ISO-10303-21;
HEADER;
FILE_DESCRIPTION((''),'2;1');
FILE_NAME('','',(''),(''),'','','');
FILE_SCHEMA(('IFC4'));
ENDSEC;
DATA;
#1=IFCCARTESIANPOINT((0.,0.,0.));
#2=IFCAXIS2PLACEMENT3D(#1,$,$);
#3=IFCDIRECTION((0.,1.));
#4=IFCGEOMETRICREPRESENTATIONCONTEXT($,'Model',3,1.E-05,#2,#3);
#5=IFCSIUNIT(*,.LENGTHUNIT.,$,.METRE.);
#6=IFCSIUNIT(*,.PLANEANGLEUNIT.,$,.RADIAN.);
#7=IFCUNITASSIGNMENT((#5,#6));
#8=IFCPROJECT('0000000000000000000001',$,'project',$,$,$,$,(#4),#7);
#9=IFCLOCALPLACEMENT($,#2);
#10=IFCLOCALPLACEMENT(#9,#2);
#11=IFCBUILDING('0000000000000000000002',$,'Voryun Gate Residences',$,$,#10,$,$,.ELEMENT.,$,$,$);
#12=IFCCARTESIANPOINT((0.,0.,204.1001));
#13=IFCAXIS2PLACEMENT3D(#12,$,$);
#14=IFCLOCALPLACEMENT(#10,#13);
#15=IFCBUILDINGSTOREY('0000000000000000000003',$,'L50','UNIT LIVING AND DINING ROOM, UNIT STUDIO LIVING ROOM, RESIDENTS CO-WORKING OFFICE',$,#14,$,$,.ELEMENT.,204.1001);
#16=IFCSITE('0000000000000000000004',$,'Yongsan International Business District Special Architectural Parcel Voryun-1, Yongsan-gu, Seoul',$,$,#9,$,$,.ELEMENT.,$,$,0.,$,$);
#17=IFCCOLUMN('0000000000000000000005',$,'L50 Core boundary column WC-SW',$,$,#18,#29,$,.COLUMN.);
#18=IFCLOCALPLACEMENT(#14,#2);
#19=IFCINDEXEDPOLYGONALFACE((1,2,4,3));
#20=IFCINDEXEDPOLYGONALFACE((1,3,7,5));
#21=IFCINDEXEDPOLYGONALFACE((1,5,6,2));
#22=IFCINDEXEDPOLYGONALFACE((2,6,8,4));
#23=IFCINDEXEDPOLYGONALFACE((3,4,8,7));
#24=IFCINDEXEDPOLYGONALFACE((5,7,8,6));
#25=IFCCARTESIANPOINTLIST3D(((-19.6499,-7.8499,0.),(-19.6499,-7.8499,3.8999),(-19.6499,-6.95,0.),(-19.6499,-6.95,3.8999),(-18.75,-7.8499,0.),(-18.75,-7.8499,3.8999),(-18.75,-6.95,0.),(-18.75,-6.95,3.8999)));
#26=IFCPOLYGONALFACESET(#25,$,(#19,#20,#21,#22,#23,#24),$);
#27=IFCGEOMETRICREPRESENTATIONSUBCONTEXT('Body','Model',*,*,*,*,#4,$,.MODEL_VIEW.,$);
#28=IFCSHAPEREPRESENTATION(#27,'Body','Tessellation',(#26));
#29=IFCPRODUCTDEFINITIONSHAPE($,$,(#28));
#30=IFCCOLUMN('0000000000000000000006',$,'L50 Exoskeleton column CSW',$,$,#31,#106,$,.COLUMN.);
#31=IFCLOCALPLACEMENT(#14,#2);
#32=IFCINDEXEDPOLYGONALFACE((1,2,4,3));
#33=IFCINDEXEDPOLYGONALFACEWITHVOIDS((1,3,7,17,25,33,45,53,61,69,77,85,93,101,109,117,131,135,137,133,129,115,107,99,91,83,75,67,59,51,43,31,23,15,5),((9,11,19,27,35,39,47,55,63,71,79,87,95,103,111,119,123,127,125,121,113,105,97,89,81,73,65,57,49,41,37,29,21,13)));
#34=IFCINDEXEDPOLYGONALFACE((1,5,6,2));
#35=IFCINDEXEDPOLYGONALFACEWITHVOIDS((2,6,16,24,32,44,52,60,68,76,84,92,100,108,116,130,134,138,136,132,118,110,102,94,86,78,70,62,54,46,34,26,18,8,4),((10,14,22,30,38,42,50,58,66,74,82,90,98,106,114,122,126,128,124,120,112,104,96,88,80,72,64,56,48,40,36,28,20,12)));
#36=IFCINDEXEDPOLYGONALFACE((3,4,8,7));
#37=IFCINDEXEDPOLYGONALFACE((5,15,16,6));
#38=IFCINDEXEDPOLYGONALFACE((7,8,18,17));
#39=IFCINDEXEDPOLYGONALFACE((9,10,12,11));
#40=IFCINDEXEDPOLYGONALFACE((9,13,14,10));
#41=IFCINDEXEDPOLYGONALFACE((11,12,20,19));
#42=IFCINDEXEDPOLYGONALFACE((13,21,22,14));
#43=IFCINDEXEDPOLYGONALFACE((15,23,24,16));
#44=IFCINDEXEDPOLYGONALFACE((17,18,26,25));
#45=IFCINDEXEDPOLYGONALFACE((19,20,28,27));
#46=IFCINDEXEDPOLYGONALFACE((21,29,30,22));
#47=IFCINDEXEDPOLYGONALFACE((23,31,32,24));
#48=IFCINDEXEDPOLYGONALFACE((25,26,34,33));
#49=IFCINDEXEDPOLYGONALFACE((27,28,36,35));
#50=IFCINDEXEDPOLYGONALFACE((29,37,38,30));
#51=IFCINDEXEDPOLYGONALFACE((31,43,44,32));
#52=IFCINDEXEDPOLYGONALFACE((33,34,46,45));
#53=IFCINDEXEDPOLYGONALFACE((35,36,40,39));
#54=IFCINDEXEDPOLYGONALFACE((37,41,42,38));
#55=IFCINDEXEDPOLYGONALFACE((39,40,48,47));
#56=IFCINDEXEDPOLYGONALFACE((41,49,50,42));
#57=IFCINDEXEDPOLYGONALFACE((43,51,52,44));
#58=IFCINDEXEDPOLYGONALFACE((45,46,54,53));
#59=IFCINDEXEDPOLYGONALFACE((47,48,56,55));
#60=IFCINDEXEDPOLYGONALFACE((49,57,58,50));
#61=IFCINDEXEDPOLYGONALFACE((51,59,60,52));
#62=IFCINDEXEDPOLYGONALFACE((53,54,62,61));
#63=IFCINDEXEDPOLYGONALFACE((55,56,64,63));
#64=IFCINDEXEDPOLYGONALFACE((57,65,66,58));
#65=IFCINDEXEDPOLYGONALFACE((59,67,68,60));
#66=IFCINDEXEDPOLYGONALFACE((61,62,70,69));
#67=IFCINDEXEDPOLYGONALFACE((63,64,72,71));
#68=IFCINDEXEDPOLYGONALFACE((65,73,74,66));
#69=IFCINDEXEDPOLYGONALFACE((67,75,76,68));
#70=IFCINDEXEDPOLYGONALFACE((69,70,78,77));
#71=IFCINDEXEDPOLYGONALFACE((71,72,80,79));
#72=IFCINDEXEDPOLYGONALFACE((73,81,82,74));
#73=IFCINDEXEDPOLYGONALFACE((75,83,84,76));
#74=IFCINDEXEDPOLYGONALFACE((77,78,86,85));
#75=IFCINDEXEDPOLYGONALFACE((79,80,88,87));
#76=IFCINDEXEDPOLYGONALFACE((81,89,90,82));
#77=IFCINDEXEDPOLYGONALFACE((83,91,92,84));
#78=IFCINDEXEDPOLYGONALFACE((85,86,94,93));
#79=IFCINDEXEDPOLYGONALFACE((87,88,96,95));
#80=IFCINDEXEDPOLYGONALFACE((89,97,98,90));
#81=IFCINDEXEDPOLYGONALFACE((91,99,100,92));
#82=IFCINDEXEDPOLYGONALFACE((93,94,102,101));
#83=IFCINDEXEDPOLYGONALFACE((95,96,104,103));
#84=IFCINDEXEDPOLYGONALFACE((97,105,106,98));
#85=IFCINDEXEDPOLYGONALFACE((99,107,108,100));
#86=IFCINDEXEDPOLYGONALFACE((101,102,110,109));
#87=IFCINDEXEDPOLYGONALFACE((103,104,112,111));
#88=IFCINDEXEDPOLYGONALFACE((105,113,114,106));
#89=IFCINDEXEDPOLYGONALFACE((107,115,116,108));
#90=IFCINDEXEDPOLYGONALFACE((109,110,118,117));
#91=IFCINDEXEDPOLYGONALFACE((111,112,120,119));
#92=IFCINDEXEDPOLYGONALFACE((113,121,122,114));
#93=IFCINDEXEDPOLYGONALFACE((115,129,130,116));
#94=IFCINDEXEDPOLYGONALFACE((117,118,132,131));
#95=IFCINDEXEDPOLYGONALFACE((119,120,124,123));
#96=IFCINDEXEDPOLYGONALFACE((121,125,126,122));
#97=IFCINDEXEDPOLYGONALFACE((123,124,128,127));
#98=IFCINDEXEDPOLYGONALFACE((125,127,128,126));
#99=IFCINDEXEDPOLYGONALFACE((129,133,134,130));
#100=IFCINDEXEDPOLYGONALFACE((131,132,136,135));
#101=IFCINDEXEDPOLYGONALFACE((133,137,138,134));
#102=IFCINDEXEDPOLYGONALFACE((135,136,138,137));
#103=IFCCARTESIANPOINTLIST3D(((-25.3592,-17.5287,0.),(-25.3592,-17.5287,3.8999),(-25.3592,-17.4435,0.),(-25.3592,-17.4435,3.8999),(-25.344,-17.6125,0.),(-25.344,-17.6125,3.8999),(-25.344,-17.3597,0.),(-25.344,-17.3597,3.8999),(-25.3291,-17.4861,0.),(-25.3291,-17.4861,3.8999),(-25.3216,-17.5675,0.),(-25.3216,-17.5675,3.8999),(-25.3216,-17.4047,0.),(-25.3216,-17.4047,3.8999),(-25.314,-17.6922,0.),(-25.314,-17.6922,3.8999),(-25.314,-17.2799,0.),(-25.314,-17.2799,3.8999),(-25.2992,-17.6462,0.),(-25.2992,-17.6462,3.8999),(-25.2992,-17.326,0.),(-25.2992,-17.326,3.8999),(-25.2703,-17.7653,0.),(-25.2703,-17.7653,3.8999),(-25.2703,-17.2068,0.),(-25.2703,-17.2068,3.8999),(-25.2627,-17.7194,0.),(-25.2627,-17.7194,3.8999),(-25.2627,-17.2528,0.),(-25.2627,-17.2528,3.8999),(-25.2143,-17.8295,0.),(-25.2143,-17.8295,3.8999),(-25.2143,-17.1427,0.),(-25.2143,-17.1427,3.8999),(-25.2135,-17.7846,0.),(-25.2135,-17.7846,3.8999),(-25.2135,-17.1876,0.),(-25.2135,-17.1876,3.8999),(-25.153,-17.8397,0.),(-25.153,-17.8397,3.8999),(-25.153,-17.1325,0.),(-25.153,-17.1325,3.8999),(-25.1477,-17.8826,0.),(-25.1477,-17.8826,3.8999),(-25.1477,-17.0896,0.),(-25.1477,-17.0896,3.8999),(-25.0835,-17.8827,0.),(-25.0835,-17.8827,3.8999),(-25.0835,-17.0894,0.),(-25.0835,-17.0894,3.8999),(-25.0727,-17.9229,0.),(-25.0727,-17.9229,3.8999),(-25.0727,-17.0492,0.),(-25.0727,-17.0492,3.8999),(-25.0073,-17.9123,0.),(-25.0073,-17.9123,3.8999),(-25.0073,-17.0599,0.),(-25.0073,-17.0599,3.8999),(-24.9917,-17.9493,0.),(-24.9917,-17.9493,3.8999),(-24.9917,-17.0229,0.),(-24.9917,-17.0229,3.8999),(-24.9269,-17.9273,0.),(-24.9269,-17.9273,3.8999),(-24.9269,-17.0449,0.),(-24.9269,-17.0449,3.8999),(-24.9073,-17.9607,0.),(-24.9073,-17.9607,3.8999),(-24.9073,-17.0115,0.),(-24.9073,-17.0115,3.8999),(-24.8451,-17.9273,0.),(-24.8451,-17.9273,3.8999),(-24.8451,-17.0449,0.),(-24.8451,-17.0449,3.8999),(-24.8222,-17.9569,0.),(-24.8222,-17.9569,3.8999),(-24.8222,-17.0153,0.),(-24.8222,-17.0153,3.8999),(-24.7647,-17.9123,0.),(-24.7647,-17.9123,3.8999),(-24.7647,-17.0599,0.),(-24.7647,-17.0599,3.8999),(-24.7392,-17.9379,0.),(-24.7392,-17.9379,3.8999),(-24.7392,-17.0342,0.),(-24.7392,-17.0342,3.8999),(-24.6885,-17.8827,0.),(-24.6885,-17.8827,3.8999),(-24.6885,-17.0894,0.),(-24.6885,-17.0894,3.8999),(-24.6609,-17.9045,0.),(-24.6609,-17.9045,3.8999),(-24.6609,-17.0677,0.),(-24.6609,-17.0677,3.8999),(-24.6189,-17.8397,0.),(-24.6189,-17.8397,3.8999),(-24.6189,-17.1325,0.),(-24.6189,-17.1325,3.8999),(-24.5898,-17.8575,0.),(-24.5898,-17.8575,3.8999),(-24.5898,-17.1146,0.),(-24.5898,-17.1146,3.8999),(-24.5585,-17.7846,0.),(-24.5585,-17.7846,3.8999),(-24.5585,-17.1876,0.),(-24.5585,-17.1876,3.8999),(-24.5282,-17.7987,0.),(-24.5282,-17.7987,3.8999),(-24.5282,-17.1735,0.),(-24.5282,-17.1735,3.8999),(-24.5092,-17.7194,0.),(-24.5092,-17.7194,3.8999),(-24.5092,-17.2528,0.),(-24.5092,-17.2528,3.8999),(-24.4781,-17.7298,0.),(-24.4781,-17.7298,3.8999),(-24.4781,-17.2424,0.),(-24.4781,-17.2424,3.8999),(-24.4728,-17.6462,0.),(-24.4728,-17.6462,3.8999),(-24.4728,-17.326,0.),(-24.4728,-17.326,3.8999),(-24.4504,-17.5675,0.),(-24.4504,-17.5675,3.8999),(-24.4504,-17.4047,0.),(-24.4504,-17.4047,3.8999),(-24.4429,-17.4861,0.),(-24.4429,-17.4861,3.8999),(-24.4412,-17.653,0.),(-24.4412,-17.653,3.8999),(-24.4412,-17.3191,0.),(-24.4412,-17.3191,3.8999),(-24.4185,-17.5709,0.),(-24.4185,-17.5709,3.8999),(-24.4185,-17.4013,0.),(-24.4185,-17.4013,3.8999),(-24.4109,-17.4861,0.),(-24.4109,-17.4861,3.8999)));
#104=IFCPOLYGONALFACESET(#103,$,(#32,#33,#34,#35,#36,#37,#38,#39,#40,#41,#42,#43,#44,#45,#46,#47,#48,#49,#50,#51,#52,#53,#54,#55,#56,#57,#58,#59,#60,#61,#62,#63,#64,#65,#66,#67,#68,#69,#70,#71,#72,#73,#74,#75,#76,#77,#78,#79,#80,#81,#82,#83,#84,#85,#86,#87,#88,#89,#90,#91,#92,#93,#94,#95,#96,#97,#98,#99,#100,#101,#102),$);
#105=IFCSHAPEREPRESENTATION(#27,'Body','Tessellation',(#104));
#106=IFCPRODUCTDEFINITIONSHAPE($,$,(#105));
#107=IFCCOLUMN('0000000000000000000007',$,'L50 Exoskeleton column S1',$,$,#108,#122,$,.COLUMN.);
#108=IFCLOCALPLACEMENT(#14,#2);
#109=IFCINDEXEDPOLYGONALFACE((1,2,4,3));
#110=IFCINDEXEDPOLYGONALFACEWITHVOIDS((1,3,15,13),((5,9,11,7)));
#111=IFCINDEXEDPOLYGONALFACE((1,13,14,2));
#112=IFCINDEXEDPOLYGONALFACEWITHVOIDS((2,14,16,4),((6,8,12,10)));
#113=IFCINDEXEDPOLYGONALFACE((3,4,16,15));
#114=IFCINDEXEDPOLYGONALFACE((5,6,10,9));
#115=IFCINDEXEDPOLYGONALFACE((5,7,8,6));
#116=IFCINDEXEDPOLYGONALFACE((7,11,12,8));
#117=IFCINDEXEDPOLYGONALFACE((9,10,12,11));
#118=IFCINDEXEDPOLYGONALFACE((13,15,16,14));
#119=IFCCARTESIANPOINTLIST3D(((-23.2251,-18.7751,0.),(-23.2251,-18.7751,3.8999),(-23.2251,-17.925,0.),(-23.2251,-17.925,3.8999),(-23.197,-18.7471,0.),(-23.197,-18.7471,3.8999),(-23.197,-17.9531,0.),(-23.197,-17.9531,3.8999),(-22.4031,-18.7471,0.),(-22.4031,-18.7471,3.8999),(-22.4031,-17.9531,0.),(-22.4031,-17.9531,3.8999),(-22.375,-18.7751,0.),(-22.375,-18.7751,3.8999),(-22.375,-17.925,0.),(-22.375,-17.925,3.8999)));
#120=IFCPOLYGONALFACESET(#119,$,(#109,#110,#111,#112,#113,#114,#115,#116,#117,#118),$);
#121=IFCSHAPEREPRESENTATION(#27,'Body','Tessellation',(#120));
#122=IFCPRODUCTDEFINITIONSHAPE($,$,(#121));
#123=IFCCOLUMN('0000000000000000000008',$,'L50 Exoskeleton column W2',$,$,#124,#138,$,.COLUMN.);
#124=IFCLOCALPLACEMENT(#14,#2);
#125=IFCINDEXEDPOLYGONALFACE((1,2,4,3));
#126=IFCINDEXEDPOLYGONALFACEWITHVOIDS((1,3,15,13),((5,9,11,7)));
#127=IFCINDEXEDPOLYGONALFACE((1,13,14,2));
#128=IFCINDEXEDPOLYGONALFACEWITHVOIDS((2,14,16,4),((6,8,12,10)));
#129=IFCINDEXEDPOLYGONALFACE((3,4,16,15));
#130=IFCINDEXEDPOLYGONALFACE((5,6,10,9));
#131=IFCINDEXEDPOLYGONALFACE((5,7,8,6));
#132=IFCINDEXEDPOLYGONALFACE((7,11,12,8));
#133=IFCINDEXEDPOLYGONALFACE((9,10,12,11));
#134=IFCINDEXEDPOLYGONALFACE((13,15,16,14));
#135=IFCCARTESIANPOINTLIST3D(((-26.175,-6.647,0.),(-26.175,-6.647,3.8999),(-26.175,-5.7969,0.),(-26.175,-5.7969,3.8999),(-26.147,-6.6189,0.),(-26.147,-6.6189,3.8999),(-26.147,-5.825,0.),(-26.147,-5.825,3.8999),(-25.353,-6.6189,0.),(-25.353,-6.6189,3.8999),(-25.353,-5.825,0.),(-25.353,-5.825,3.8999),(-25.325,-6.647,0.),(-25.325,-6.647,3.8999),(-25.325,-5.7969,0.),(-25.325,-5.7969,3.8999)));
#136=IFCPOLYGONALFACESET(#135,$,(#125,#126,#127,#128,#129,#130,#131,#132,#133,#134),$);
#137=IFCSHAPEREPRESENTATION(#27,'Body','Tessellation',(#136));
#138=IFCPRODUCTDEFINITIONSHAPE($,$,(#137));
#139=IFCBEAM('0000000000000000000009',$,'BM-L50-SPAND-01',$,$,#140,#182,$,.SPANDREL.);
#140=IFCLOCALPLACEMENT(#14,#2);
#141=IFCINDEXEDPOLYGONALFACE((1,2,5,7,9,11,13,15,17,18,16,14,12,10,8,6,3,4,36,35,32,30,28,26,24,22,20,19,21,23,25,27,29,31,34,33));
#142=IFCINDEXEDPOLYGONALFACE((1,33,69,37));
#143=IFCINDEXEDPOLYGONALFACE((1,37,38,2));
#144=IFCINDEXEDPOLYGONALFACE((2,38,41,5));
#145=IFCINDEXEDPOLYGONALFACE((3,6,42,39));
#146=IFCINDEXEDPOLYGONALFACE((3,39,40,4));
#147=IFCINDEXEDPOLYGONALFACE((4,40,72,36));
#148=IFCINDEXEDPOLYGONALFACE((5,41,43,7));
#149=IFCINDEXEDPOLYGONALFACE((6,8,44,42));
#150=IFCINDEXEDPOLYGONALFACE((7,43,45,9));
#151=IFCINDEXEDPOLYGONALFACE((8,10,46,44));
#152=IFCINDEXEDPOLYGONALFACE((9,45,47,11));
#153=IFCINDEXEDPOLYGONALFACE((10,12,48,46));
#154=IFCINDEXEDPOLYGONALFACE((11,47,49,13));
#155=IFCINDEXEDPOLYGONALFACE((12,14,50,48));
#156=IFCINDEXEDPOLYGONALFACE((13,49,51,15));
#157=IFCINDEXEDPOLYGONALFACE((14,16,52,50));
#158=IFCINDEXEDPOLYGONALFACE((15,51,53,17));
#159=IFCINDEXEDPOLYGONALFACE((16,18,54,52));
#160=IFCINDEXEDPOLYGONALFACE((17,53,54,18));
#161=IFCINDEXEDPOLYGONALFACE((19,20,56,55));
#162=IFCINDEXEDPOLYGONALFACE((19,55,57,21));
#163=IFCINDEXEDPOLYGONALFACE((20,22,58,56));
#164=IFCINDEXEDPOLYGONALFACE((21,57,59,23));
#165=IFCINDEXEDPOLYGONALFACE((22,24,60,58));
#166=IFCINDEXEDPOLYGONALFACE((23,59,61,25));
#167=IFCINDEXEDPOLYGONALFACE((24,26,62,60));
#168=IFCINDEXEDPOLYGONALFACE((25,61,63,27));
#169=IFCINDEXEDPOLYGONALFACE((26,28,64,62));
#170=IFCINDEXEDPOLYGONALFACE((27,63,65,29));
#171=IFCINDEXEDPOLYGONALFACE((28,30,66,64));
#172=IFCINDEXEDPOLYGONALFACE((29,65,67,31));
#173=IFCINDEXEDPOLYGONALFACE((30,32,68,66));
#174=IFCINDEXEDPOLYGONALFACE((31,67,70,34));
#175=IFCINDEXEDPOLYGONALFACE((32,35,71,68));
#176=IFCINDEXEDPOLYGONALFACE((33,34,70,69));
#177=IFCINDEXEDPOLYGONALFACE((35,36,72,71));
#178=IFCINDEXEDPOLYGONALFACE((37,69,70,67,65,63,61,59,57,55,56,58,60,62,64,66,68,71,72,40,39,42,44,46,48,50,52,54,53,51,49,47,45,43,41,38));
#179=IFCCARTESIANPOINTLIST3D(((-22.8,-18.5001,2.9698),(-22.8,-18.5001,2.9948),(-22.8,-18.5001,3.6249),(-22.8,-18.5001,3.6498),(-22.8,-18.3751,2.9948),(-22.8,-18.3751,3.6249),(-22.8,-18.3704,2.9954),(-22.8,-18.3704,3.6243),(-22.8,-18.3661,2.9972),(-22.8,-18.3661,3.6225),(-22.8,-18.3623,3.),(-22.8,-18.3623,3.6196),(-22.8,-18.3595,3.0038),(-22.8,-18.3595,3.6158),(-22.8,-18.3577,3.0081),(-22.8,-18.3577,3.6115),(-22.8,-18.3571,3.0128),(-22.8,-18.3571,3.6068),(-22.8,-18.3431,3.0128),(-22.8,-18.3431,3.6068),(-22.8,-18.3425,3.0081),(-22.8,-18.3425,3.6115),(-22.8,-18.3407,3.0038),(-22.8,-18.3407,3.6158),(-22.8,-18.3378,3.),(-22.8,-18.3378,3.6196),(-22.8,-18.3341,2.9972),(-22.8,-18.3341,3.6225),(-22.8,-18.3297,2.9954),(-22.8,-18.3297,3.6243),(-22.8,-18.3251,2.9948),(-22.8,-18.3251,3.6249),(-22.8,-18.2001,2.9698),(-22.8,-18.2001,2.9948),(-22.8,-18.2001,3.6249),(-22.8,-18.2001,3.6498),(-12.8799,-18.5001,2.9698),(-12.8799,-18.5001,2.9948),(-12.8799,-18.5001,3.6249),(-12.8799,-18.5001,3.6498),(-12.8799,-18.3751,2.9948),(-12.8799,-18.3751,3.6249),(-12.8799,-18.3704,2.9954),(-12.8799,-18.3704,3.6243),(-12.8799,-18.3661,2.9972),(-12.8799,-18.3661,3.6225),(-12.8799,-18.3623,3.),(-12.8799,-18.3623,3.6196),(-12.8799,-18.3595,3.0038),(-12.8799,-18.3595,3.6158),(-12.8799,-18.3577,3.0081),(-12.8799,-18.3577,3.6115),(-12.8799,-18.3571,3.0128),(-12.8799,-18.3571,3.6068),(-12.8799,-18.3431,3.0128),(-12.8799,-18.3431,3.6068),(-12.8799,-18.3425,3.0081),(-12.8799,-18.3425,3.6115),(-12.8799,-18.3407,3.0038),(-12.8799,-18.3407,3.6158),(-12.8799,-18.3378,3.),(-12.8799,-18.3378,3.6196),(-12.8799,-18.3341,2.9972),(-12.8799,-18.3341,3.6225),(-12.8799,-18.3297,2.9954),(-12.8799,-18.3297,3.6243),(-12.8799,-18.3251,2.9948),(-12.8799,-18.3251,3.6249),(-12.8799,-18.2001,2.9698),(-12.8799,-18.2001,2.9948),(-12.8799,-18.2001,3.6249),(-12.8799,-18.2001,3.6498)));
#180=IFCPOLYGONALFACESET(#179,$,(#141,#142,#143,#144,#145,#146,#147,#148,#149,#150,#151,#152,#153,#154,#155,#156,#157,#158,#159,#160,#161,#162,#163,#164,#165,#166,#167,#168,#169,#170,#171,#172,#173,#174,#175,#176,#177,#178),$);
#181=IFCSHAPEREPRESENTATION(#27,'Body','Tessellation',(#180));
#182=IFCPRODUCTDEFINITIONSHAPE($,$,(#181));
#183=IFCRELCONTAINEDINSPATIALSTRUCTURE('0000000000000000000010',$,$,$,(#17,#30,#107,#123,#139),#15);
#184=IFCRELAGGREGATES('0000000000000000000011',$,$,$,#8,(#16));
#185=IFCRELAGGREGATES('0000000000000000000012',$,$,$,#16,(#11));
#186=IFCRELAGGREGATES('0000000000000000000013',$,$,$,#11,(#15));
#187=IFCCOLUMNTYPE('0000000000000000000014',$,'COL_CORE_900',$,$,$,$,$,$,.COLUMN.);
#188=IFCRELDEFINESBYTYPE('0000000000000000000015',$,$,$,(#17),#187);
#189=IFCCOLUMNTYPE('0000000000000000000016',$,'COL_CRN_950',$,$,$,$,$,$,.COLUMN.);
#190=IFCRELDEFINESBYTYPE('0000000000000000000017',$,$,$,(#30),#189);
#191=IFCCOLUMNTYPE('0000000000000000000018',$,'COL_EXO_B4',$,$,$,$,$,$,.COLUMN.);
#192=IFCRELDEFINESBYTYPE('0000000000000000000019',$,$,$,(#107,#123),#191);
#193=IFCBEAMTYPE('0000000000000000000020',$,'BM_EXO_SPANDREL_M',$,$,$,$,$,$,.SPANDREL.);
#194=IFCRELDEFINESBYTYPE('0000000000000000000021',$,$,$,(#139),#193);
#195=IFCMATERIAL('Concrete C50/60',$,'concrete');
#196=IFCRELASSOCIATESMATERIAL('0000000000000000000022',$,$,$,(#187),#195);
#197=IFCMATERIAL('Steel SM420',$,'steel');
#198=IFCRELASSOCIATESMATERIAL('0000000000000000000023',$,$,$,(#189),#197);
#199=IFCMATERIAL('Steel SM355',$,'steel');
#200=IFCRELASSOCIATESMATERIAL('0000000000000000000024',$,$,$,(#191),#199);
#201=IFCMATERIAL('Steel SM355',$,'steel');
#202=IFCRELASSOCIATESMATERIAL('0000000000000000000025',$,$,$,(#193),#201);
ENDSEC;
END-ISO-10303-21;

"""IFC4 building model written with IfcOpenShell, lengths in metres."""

from ifc_helpers import new_model, si_unit, direction, frame, origin, origin_2d, place, context, subcontext, project, spatial, rectangle, hollow_rectangle, hollow_circle, i_section, extrude, material, material_profile, profile_set, type_object, element, save


model = new_model("IFC4")

# Units and contexts
model_context = context("Model", 3, precision=1e-05, world=origin(), true_north=direction((0.0, 1.0)))
body_context = subcontext(model_context, "Body", "Model", "MODEL_VIEW")
ifc_project = project(units=[si_unit("LENGTHUNIT", "METRE"), si_unit("PLANEANGLEUNIT", "RADIAN")], contexts=[model_context])

# Site, building, storey
site_placement = place(None, origin())
site = spatial("IfcSite", under=ifc_project, at=site_placement, Name="Yongsan International Business District Special Architectural Parcel Voryun-1, Yongsan-gu, Seoul", CompositionType="ELEMENT", RefElevation=0.0)
building_placement = place(site_placement, origin())
building = spatial("IfcBuilding", under=site, at=building_placement, Name="Voryun Gate Residences", CompositionType="ELEMENT")
storey_placement = place(building_placement, frame((0.0, 0.0, 204.1001)))
storey = spatial("IfcBuildingStorey", under=building, at=storey_placement, Name="L50", Description="UNIT LIVING AND DINING ROOM, UNIT STUDIO LIVING ROOM, RESIDENTS CO-WORKING OFFICE", CompositionType="ELEMENT", Elevation=204.1001)

# Columns
ifc_material_1 = material(Name="Concrete C50/60", Category="concrete")
ifc_material_profile_1 = material_profile(ifc_material_1, rectangle(XDim=0.8999, YDim=0.8999, at=origin_2d()), Name="RC-900x900")
ifc_profile_set_1 = profile_set([ifc_material_profile_1], Name="Concrete C50/60")
column_type_1 = type_object("IfcColumnType", Name="COL_CORE_900", PredefinedType="COLUMN", material=ifc_profile_set_1)
column_1_placement = place(storey_placement, frame((-19.2, -7.3999, 0.0), z_axis=(0.0, 0.0, 1.0), x_axis=(1.0, 0.0, 0.0)))
element("IfcColumn", 1, at=column_1_placement, inside=storey, type_object=column_type_1, Name="L50 Core boundary column WC-SW", PredefinedType="COLUMN", context=body_context, shape_type="SweptSolid", body=[
    extrude(rectangle(XDim=0.8999, YDim=0.8999, at=origin_2d()), origin(), (0.0, 0.0, 1.0), 3.8999),
])
ifc_material_2 = material(Name="Steel SM420", Category="steel")
ifc_material_profile_2 = material_profile(ifc_material_2, hollow_circle(Radius=0.4751, WallThickness=0.032, at=origin_2d()), Name="CHS-950x32")
ifc_profile_set_2 = profile_set([ifc_material_profile_2], Name="Steel SM420")
column_type_2 = type_object("IfcColumnType", Name="COL_CRN_950", PredefinedType="COLUMN", material=ifc_profile_set_2)
column_2_placement = place(storey_placement, frame((-24.886, -17.4861, 0.0), z_axis=(0.0, 0.0, 1.0), x_axis=(1.0, 0.0, 0.0)))
element("IfcColumn", 2, at=column_2_placement, inside=storey, type_object=column_type_2, Name="L50 Exoskeleton column CSW", PredefinedType="COLUMN", context=body_context, shape_type="SweptSolid", body=[
    extrude(hollow_circle(Radius=0.4751, WallThickness=0.032, at=origin_2d()), origin(), (0.0, 0.0, 1.0), 3.8999),
])
ifc_material_3 = material(Name="Steel SM355", Category="steel")
ifc_material_profile_3 = material_profile(ifc_material_3, hollow_rectangle(XDim=0.8501, YDim=0.8501, WallThickness=0.0281, at=origin_2d()), Name="BOX-850x850x28")
ifc_profile_set_3 = profile_set([ifc_material_profile_3], Name="Steel SM355")
column_type_3 = type_object("IfcColumnType", Name="COL_EXO_B4", PredefinedType="COLUMN", material=ifc_profile_set_3)
for number, where, z_axis, x_axis, name in (
    (3, (-22.8, -18.3501, 0.0), (0.0, 0.0, 1.0), (1.0, 0.0, 0.0), "L50 Exoskeleton column S1"),
    (4, (-25.75, -6.2219, 0.0), (0.0, 0.0, 1.0), (1.0, 0.0, 0.0), "L50 Exoskeleton column W2"),
):
    element("IfcColumn", number, at=place(storey_placement, frame(where, z_axis=z_axis, x_axis=x_axis)), inside=storey, type_object=column_type_3, Name=name, PredefinedType="COLUMN", context=body_context, shape_type="SweptSolid", body=[
        extrude(hollow_rectangle(XDim=0.8501, YDim=0.8501, WallThickness=0.0281, at=origin_2d()), origin(), (0.0, 0.0, 1.0), 3.8999),
    ])

# Beam
ifc_material_4 = material(Name="Steel SM355", Category="steel")
ifc_material_profile_4 = material_profile(ifc_material_4, i_section(OverallWidth=0.3, OverallDepth=0.6799, WebThickness=0.0139, FlangeThickness=0.0249, FilletRadius=0.0181, at=origin_2d()), Name="H-680x300x14x25")
ifc_profile_set_4 = profile_set([ifc_material_profile_4], Name="Steel SM355")
beam_type_1 = type_object("IfcBeamType", Name="BM_EXO_SPANDREL_M", PredefinedType="SPANDREL", material=ifc_profile_set_4)
beam_1_placement = place(storey_placement, frame((-22.8, -18.3501, 3.3098), z_axis=(1.0, 0.0, 0.0), x_axis=(0.0, 1.0, 0.0)))
element("IfcBeam", 5, at=beam_1_placement, inside=storey, type_object=beam_type_1, Name="BM-L50-SPAND-01", PredefinedType="SPANDREL", context=body_context, shape_type="SweptSolid", body=[
    extrude(i_section(OverallWidth=0.3, OverallDepth=0.6799, WebThickness=0.0139, FlangeThickness=0.0249, FilletRadius=0.0181, at=origin_2d()), origin(), (0.0, 0.0, 1.0), 9.9202),
])

save(model, "model.ifc")
